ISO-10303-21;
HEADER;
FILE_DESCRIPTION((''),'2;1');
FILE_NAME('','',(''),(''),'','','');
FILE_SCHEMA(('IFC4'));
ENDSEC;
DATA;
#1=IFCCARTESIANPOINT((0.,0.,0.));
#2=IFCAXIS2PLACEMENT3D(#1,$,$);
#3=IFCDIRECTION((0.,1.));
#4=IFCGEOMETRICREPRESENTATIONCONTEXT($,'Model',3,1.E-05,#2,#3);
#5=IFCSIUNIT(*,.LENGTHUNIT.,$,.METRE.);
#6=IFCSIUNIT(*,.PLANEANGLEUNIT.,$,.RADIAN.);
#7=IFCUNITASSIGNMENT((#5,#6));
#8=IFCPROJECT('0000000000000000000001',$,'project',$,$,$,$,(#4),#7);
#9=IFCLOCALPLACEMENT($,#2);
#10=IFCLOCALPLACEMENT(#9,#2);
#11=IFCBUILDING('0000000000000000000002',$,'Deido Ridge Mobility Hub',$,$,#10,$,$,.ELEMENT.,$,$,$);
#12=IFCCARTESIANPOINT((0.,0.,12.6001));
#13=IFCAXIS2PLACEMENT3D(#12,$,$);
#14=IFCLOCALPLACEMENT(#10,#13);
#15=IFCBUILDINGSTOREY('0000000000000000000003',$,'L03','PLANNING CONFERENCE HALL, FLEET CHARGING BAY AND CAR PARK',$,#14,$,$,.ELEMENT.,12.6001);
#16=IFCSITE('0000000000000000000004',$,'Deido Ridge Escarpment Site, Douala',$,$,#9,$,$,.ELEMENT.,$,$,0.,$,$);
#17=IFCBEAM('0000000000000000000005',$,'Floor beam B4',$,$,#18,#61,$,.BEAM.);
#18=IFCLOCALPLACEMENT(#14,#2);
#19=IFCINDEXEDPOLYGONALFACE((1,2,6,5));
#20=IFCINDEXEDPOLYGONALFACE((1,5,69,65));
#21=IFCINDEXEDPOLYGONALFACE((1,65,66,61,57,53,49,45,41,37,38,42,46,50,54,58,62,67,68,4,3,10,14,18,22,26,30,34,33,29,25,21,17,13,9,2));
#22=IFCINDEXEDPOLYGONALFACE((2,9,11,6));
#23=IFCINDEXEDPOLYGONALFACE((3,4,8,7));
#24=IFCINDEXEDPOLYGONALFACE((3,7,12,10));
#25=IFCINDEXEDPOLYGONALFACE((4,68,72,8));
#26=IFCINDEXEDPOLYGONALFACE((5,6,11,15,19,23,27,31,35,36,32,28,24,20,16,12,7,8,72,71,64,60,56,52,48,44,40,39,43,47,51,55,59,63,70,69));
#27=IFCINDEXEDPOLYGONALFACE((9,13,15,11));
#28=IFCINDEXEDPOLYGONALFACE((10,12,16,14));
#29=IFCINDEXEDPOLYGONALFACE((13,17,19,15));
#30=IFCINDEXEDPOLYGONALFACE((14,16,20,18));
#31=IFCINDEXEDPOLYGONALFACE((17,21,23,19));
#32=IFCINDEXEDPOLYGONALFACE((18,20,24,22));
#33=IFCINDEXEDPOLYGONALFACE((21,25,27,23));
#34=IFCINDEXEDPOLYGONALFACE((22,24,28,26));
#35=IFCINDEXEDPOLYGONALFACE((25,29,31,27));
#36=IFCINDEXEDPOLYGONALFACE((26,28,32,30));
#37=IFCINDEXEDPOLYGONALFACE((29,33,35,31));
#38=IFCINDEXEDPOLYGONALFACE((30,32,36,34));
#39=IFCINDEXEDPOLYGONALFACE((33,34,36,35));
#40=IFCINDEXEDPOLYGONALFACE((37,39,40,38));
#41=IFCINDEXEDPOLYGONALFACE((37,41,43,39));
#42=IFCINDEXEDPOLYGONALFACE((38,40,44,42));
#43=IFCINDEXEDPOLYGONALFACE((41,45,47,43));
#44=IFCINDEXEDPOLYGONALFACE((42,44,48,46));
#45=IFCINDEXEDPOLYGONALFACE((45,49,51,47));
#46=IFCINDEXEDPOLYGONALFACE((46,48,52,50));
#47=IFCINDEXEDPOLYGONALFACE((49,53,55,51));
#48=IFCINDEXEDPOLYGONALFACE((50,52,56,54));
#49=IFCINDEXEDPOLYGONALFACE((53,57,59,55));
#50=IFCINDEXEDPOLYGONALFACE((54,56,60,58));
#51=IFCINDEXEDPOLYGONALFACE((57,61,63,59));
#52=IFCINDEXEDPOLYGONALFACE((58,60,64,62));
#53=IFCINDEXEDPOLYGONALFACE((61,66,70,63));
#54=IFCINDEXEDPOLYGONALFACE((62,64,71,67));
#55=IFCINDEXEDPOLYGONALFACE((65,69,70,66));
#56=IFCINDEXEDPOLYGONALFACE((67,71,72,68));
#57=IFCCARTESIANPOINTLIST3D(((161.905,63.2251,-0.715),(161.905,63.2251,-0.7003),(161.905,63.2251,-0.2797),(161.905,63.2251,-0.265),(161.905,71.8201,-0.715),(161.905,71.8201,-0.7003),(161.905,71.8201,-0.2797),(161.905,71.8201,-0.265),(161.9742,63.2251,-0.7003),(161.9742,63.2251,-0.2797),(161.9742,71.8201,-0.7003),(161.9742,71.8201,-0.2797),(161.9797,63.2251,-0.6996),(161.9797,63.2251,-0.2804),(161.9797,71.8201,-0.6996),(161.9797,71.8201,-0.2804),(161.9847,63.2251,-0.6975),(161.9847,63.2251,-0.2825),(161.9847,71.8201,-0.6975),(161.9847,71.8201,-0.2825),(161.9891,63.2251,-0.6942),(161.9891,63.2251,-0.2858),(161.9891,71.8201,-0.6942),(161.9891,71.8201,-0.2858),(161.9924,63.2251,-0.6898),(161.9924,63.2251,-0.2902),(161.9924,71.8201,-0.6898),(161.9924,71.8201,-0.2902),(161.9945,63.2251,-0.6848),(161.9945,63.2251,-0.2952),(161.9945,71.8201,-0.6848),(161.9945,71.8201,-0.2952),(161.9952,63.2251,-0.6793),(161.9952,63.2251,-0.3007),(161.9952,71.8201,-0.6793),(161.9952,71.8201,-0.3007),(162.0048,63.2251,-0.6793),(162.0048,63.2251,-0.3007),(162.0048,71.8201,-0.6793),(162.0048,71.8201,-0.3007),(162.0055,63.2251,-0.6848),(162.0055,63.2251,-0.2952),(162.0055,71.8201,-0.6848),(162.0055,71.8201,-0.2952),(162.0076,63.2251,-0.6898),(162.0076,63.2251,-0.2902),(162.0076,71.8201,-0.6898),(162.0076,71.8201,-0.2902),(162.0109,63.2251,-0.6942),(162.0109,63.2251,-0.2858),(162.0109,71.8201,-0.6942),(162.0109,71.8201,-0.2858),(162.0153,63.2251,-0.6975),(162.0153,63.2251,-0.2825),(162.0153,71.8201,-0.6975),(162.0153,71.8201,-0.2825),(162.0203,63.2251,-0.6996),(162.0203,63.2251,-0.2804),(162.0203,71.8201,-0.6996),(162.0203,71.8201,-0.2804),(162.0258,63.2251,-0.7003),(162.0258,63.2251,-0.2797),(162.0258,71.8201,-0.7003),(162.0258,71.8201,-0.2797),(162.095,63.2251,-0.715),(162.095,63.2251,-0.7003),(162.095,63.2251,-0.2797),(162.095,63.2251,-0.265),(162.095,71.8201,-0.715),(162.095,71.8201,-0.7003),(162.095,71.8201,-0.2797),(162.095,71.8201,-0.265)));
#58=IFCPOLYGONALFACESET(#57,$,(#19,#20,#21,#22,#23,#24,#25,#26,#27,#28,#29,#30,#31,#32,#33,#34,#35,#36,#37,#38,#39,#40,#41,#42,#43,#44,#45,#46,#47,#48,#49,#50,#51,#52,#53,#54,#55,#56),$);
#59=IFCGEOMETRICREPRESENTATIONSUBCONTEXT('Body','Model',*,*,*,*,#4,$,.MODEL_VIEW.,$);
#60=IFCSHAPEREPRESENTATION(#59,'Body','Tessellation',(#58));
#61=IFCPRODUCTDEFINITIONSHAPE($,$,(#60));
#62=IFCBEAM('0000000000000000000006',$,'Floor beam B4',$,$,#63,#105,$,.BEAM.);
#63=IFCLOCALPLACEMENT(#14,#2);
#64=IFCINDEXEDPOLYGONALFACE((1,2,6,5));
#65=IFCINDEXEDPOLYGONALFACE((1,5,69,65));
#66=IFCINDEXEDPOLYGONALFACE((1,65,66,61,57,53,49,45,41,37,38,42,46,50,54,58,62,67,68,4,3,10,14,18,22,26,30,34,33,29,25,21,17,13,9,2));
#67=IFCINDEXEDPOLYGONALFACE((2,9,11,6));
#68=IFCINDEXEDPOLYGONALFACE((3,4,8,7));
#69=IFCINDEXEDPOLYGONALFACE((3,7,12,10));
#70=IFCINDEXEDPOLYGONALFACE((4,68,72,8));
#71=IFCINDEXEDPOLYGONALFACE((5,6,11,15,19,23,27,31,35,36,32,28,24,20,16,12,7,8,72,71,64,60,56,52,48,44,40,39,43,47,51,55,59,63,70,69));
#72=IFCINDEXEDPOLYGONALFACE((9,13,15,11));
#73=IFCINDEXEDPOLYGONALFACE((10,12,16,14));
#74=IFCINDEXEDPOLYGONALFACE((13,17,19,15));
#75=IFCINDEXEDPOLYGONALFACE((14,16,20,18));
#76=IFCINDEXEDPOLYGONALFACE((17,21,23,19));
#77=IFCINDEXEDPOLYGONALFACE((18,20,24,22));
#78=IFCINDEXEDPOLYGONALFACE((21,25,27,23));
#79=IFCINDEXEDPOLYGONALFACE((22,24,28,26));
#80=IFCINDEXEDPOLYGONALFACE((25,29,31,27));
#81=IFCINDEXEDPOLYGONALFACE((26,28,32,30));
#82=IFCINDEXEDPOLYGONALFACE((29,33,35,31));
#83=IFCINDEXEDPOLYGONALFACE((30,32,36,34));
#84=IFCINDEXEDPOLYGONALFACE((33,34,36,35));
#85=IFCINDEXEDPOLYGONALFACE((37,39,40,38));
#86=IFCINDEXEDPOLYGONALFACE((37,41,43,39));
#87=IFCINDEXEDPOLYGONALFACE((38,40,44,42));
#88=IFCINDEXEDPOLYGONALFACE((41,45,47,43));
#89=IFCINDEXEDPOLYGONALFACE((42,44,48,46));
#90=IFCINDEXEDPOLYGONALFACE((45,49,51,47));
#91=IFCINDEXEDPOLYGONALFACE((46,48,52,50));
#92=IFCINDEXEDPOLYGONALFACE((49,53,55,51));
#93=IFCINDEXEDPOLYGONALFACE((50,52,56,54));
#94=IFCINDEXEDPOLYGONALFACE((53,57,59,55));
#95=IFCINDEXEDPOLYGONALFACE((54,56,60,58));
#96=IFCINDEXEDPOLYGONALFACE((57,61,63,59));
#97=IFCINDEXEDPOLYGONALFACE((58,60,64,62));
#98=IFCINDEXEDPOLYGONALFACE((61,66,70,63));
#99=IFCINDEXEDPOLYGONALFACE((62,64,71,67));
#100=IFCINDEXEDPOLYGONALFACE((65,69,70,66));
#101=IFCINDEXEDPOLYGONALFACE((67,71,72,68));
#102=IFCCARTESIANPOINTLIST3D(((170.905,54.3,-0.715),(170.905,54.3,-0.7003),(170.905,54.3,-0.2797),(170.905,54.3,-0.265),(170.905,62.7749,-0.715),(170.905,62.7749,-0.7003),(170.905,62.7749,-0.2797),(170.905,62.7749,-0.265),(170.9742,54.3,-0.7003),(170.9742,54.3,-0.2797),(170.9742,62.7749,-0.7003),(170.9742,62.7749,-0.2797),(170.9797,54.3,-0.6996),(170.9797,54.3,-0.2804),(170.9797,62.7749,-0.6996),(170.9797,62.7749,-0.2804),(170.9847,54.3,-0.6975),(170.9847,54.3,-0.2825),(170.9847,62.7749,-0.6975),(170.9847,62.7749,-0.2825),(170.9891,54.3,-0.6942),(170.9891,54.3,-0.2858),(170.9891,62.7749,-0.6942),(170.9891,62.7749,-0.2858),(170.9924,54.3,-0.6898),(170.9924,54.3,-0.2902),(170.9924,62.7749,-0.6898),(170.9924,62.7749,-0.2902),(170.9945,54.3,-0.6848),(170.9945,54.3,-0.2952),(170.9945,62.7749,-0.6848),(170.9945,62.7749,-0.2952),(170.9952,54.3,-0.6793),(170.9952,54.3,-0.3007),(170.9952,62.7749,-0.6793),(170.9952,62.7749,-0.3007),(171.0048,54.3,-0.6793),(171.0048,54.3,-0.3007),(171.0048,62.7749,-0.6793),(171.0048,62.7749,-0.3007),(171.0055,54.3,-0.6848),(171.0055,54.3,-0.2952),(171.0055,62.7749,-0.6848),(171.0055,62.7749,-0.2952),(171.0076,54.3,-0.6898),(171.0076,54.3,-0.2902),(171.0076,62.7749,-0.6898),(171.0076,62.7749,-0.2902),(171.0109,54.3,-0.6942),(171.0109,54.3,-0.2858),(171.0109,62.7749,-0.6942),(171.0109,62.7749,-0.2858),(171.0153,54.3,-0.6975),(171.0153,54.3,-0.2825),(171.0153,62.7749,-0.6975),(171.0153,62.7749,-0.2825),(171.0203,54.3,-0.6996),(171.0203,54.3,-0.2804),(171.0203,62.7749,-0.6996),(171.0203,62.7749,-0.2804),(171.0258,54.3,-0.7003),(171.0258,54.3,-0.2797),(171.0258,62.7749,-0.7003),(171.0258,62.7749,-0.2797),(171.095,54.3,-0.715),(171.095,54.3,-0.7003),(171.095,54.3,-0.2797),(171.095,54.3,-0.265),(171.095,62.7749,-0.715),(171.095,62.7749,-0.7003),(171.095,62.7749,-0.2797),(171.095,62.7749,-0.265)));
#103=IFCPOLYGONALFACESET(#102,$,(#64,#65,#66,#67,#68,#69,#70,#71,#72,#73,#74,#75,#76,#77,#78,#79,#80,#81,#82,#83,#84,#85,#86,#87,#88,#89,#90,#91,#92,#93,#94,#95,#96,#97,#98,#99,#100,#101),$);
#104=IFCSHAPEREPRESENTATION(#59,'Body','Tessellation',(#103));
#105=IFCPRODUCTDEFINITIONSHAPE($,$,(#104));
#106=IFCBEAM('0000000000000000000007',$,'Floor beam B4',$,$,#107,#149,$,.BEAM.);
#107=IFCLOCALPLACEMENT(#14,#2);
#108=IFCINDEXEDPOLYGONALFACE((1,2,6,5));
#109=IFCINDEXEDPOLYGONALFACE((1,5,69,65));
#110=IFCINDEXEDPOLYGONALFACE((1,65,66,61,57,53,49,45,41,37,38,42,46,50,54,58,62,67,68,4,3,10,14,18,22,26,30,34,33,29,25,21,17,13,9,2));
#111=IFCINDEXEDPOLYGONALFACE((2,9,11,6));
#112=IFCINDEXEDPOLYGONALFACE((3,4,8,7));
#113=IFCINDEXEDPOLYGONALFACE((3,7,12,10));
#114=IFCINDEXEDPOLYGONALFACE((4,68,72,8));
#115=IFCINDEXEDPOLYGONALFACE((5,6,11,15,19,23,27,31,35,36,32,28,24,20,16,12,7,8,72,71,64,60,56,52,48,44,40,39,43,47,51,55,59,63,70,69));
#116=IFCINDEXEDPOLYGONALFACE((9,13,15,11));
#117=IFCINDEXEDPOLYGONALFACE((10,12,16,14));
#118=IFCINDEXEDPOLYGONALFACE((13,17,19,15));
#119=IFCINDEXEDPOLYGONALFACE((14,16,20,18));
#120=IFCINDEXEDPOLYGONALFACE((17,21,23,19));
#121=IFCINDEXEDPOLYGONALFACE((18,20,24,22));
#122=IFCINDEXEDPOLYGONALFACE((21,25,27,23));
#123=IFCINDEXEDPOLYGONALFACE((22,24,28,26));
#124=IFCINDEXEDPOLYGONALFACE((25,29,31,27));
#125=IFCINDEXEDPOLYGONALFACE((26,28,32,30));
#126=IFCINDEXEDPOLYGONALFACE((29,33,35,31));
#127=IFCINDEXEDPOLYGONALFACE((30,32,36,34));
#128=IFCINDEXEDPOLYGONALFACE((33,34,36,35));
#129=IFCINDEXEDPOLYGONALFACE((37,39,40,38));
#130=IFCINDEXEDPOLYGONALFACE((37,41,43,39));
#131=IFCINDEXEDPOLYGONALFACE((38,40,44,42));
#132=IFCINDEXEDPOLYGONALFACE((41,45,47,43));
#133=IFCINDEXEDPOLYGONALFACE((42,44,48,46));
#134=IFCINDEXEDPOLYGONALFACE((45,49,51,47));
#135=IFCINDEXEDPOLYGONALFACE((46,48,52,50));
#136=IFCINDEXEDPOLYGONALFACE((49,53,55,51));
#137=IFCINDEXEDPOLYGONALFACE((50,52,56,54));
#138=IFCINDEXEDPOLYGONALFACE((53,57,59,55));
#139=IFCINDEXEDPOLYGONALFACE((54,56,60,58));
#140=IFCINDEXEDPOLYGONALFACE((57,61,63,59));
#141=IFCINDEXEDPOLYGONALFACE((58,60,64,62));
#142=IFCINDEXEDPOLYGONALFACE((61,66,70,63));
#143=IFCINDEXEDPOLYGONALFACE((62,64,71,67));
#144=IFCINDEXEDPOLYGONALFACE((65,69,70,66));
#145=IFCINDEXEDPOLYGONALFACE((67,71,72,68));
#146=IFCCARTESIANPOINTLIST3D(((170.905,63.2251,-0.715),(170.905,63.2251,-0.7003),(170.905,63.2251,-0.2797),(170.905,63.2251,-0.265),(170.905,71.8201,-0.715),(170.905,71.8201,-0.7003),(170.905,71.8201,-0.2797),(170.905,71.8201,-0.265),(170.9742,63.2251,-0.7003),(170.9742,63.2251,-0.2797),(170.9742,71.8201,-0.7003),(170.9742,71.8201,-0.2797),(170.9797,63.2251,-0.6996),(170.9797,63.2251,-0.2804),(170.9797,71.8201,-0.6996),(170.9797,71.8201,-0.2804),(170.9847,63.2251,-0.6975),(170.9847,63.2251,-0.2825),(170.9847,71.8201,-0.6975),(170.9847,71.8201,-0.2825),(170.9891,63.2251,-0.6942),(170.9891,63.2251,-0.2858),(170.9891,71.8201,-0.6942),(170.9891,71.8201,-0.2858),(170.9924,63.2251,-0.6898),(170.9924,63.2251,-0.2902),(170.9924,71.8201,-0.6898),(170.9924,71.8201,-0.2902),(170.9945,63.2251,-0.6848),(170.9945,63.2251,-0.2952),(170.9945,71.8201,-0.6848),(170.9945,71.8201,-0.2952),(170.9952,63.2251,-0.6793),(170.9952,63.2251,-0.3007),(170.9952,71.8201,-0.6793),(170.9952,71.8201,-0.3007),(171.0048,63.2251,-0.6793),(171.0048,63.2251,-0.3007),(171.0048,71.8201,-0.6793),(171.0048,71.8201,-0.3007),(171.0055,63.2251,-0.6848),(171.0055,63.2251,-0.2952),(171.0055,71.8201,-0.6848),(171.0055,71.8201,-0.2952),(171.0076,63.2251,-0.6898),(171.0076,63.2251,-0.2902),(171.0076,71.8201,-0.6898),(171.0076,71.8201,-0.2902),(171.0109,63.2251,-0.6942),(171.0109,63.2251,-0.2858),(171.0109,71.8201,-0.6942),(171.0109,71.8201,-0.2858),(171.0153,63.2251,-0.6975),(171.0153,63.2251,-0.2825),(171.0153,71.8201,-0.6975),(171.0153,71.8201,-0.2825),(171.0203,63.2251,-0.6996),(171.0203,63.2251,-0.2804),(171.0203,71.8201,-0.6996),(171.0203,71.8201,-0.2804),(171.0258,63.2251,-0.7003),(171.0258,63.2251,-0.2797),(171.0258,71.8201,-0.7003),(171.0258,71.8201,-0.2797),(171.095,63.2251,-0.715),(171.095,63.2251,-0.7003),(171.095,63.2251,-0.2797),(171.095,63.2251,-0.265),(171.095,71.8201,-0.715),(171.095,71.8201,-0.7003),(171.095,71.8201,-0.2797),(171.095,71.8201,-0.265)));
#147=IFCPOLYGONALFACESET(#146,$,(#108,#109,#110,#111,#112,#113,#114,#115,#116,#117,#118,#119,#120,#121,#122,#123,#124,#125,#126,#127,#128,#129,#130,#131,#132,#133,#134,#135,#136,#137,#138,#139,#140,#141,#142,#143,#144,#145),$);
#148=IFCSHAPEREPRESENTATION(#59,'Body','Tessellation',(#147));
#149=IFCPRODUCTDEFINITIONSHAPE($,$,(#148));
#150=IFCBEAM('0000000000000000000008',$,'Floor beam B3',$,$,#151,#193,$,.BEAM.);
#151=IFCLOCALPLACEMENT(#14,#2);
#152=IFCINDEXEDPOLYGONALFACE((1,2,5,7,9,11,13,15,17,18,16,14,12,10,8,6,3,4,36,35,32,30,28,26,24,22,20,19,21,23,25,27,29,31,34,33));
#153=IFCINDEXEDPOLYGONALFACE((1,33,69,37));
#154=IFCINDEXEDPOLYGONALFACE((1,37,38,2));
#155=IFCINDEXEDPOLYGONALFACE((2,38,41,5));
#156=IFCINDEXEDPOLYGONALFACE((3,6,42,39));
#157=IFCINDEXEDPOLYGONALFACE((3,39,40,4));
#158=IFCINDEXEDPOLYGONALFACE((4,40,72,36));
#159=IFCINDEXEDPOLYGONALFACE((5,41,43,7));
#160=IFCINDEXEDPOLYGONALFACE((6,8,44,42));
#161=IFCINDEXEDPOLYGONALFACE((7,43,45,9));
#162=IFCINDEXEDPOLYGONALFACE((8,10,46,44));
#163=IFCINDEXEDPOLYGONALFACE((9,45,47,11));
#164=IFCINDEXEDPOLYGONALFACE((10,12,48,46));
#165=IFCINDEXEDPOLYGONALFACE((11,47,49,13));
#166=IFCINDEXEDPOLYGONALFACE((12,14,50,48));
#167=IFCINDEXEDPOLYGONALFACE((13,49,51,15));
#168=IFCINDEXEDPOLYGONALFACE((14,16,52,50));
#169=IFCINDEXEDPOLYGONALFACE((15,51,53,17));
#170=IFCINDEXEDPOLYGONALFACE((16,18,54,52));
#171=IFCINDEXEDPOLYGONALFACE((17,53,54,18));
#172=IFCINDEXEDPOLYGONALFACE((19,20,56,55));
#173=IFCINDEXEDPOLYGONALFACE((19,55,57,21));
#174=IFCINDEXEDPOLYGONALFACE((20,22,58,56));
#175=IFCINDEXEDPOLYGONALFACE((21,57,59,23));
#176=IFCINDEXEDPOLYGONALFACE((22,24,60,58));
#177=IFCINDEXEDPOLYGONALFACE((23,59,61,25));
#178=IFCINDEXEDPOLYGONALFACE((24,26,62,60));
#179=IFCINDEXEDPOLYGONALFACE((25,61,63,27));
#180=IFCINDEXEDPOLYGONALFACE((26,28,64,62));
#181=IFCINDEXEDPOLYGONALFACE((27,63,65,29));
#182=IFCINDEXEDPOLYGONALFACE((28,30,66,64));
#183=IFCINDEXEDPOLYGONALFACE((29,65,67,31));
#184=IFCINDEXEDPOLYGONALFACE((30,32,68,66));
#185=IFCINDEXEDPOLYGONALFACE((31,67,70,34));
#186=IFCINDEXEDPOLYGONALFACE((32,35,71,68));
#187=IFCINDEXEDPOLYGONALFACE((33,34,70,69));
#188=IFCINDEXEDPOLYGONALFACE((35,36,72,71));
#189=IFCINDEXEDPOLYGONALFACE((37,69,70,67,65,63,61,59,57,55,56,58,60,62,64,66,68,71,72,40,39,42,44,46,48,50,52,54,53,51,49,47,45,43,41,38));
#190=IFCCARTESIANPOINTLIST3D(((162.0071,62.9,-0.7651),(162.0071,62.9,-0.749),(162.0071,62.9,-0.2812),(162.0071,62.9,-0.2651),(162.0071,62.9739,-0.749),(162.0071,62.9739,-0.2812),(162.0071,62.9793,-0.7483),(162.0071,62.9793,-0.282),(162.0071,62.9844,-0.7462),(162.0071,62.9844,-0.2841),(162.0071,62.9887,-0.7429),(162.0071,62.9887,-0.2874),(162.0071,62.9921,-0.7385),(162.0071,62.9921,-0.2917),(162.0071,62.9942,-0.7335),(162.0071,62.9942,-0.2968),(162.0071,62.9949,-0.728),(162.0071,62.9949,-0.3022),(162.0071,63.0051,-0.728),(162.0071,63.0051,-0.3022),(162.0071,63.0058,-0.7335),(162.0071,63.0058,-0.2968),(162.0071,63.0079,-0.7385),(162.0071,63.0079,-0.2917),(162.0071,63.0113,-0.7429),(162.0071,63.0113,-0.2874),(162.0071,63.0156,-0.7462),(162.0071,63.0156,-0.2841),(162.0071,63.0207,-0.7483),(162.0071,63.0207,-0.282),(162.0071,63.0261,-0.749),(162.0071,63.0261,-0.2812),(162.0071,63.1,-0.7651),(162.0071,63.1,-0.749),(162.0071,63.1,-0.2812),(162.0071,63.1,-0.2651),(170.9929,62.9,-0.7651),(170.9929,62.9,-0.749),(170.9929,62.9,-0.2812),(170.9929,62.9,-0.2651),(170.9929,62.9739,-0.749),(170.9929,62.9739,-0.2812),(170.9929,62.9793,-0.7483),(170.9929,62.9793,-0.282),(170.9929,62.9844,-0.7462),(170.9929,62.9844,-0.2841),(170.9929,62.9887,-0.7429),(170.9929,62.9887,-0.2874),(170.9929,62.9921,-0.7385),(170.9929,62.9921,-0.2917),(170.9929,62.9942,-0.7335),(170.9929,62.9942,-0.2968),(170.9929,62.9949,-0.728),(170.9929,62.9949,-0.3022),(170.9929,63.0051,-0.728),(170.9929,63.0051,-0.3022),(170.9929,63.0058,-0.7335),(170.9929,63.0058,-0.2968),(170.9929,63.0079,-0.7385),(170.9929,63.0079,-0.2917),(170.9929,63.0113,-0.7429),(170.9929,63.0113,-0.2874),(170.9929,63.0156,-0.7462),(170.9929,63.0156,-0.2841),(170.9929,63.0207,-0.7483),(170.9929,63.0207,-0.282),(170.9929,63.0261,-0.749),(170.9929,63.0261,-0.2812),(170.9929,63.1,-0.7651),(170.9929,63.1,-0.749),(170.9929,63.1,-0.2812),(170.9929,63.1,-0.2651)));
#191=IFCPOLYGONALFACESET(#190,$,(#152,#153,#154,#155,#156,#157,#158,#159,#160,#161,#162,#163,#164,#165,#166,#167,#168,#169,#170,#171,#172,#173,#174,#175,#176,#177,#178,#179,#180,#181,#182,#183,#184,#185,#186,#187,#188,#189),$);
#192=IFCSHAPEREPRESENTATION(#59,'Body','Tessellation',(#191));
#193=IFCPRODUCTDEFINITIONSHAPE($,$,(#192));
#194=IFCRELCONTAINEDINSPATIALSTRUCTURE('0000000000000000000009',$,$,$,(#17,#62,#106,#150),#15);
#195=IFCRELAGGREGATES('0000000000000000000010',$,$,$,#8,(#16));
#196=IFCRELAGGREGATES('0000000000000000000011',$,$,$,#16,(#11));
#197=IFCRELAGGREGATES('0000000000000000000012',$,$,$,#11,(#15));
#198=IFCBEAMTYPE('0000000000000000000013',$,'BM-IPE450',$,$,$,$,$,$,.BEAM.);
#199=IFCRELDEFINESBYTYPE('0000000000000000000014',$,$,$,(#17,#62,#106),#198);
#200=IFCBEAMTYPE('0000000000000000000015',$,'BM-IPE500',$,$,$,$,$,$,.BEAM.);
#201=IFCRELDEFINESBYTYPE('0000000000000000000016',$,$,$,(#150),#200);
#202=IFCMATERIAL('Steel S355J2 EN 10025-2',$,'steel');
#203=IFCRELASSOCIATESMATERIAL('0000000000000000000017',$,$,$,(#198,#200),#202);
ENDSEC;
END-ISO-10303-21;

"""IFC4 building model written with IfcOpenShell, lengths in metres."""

from ifc_helpers import new_model, si_unit, direction, frame, origin, origin_2d, place, context, subcontext, project, spatial, i_section, extrude, material, material_profile, profile_set, type_object, element, save


model = new_model("IFC4")

# Units and contexts
model_context = context("Model", 3, precision=1e-05, world=origin(), true_north=direction((0.0, 1.0)))
body_context = subcontext(model_context, "Body", "Model", "MODEL_VIEW")
ifc_project = project(units=[si_unit("LENGTHUNIT", "METRE"), si_unit("PLANEANGLEUNIT", "RADIAN")], contexts=[model_context])

# Site, building, storey
site_placement = place(None, origin())
site = spatial("IfcSite", under=ifc_project, at=site_placement, Name="Deido Ridge Escarpment Site, Douala", CompositionType="ELEMENT", RefElevation=0.0)
building_placement = place(site_placement, origin())
building = spatial("IfcBuilding", under=site, at=building_placement, Name="Deido Ridge Mobility Hub", CompositionType="ELEMENT")
storey_placement = place(building_placement, frame((0.0, 0.0, 12.6001)))
storey = spatial("IfcBuildingStorey", under=building, at=storey_placement, Name="L03", Description="PLANNING CONFERENCE HALL, FLEET CHARGING BAY AND CAR PARK", CompositionType="ELEMENT", Elevation=12.6001)

# Shared definitions
ifc_material_1 = material(Name="Steel S355J2 EN 10025-2", Category="steel")

# Beams
ifc_material_profile_1 = material_profile(ifc_material_1, i_section(OverallWidth=0.1899, OverallDepth=0.45, WebThickness=0.0095, FlangeThickness=0.0146, FilletRadius=0.021, at=origin_2d()), Name="IPE 450")
ifc_profile_set_1 = profile_set([ifc_material_profile_1], Name="Steel S355J2 EN 10025-2")
beam_type_1 = type_object("IfcBeamType", Name="BM-IPE450", PredefinedType="BEAM", material=ifc_profile_set_1)
beam_1_placement = place(storey_placement, frame((162.0, 63.2251, -0.49), z_axis=(0.0, 1.0, 0.0), x_axis=(-1.0, 0.0, 0.0)))
element("IfcBeam", 1, at=beam_1_placement, inside=storey, type_object=beam_type_1, Name="Floor beam B4", PredefinedType="BEAM", context=body_context, shape_type="SweptSolid", body=[
    extrude(i_section(OverallWidth=0.1899, OverallDepth=0.45, WebThickness=0.0095, FlangeThickness=0.0146, FilletRadius=0.021, at=origin_2d()), origin(), (0.0, 0.0, 1.0), 8.595),
])
beam_2_placement = place(storey_placement, frame((171.0, 54.3, -0.49), z_axis=(0.0, 1.0, 0.0), x_axis=(-1.0, 0.0, 0.0)))
element("IfcBeam", 2, at=beam_2_placement, inside=storey, type_object=beam_type_1, Name="Floor beam B4", PredefinedType="BEAM", context=body_context, shape_type="SweptSolid", body=[
    extrude(i_section(OverallWidth=0.1899, OverallDepth=0.45, WebThickness=0.0095, FlangeThickness=0.0146, FilletRadius=0.021, at=origin_2d()), origin(), (0.0, 0.0, 1.0), 8.4749),
])
beam_3_placement = place(storey_placement, frame((171.0, 63.2251, -0.49), z_axis=(0.0, 1.0, 0.0), x_axis=(-1.0, 0.0, 0.0)))
element("IfcBeam", 3, at=beam_3_placement, inside=storey, type_object=beam_type_1, Name="Floor beam B4", PredefinedType="BEAM", context=body_context, shape_type="SweptSolid", body=[
    extrude(i_section(OverallWidth=0.1899, OverallDepth=0.45, WebThickness=0.0095, FlangeThickness=0.0146, FilletRadius=0.021, at=origin_2d()), origin(), (0.0, 0.0, 1.0), 8.595),
])
ifc_material_profile_2 = material_profile(ifc_material_1, i_section(OverallWidth=0.2, OverallDepth=0.5, WebThickness=0.0103, FlangeThickness=0.0161, FilletRadius=0.021, at=origin_2d()), Name="IPE 500")
ifc_profile_set_2 = profile_set([ifc_material_profile_2], Name="Steel S355J2 EN 10025-2")
beam_type_2 = type_object("IfcBeamType", Name="BM-IPE500", PredefinedType="BEAM", material=ifc_profile_set_2)
for number, where, z_axis, x_axis, name in (
    (4, (162.0071, 63.0, -0.5151), (1.0, 0.0, 0.0), (0.0, 1.0, 0.0), "Floor beam B3"),
):
    element("IfcBeam", number, at=place(storey_placement, frame(where, z_axis=z_axis, x_axis=x_axis)), inside=storey, type_object=beam_type_2, Name=name, PredefinedType="BEAM", context=body_context, shape_type="SweptSolid", body=[
        extrude(i_section(OverallWidth=0.2, OverallDepth=0.5, WebThickness=0.0103, FlangeThickness=0.0161, FilletRadius=0.021, at=origin_2d()), origin(), (0.0, 0.0, 1.0), 8.9858),
    ])

save(model, "model.ifc")
